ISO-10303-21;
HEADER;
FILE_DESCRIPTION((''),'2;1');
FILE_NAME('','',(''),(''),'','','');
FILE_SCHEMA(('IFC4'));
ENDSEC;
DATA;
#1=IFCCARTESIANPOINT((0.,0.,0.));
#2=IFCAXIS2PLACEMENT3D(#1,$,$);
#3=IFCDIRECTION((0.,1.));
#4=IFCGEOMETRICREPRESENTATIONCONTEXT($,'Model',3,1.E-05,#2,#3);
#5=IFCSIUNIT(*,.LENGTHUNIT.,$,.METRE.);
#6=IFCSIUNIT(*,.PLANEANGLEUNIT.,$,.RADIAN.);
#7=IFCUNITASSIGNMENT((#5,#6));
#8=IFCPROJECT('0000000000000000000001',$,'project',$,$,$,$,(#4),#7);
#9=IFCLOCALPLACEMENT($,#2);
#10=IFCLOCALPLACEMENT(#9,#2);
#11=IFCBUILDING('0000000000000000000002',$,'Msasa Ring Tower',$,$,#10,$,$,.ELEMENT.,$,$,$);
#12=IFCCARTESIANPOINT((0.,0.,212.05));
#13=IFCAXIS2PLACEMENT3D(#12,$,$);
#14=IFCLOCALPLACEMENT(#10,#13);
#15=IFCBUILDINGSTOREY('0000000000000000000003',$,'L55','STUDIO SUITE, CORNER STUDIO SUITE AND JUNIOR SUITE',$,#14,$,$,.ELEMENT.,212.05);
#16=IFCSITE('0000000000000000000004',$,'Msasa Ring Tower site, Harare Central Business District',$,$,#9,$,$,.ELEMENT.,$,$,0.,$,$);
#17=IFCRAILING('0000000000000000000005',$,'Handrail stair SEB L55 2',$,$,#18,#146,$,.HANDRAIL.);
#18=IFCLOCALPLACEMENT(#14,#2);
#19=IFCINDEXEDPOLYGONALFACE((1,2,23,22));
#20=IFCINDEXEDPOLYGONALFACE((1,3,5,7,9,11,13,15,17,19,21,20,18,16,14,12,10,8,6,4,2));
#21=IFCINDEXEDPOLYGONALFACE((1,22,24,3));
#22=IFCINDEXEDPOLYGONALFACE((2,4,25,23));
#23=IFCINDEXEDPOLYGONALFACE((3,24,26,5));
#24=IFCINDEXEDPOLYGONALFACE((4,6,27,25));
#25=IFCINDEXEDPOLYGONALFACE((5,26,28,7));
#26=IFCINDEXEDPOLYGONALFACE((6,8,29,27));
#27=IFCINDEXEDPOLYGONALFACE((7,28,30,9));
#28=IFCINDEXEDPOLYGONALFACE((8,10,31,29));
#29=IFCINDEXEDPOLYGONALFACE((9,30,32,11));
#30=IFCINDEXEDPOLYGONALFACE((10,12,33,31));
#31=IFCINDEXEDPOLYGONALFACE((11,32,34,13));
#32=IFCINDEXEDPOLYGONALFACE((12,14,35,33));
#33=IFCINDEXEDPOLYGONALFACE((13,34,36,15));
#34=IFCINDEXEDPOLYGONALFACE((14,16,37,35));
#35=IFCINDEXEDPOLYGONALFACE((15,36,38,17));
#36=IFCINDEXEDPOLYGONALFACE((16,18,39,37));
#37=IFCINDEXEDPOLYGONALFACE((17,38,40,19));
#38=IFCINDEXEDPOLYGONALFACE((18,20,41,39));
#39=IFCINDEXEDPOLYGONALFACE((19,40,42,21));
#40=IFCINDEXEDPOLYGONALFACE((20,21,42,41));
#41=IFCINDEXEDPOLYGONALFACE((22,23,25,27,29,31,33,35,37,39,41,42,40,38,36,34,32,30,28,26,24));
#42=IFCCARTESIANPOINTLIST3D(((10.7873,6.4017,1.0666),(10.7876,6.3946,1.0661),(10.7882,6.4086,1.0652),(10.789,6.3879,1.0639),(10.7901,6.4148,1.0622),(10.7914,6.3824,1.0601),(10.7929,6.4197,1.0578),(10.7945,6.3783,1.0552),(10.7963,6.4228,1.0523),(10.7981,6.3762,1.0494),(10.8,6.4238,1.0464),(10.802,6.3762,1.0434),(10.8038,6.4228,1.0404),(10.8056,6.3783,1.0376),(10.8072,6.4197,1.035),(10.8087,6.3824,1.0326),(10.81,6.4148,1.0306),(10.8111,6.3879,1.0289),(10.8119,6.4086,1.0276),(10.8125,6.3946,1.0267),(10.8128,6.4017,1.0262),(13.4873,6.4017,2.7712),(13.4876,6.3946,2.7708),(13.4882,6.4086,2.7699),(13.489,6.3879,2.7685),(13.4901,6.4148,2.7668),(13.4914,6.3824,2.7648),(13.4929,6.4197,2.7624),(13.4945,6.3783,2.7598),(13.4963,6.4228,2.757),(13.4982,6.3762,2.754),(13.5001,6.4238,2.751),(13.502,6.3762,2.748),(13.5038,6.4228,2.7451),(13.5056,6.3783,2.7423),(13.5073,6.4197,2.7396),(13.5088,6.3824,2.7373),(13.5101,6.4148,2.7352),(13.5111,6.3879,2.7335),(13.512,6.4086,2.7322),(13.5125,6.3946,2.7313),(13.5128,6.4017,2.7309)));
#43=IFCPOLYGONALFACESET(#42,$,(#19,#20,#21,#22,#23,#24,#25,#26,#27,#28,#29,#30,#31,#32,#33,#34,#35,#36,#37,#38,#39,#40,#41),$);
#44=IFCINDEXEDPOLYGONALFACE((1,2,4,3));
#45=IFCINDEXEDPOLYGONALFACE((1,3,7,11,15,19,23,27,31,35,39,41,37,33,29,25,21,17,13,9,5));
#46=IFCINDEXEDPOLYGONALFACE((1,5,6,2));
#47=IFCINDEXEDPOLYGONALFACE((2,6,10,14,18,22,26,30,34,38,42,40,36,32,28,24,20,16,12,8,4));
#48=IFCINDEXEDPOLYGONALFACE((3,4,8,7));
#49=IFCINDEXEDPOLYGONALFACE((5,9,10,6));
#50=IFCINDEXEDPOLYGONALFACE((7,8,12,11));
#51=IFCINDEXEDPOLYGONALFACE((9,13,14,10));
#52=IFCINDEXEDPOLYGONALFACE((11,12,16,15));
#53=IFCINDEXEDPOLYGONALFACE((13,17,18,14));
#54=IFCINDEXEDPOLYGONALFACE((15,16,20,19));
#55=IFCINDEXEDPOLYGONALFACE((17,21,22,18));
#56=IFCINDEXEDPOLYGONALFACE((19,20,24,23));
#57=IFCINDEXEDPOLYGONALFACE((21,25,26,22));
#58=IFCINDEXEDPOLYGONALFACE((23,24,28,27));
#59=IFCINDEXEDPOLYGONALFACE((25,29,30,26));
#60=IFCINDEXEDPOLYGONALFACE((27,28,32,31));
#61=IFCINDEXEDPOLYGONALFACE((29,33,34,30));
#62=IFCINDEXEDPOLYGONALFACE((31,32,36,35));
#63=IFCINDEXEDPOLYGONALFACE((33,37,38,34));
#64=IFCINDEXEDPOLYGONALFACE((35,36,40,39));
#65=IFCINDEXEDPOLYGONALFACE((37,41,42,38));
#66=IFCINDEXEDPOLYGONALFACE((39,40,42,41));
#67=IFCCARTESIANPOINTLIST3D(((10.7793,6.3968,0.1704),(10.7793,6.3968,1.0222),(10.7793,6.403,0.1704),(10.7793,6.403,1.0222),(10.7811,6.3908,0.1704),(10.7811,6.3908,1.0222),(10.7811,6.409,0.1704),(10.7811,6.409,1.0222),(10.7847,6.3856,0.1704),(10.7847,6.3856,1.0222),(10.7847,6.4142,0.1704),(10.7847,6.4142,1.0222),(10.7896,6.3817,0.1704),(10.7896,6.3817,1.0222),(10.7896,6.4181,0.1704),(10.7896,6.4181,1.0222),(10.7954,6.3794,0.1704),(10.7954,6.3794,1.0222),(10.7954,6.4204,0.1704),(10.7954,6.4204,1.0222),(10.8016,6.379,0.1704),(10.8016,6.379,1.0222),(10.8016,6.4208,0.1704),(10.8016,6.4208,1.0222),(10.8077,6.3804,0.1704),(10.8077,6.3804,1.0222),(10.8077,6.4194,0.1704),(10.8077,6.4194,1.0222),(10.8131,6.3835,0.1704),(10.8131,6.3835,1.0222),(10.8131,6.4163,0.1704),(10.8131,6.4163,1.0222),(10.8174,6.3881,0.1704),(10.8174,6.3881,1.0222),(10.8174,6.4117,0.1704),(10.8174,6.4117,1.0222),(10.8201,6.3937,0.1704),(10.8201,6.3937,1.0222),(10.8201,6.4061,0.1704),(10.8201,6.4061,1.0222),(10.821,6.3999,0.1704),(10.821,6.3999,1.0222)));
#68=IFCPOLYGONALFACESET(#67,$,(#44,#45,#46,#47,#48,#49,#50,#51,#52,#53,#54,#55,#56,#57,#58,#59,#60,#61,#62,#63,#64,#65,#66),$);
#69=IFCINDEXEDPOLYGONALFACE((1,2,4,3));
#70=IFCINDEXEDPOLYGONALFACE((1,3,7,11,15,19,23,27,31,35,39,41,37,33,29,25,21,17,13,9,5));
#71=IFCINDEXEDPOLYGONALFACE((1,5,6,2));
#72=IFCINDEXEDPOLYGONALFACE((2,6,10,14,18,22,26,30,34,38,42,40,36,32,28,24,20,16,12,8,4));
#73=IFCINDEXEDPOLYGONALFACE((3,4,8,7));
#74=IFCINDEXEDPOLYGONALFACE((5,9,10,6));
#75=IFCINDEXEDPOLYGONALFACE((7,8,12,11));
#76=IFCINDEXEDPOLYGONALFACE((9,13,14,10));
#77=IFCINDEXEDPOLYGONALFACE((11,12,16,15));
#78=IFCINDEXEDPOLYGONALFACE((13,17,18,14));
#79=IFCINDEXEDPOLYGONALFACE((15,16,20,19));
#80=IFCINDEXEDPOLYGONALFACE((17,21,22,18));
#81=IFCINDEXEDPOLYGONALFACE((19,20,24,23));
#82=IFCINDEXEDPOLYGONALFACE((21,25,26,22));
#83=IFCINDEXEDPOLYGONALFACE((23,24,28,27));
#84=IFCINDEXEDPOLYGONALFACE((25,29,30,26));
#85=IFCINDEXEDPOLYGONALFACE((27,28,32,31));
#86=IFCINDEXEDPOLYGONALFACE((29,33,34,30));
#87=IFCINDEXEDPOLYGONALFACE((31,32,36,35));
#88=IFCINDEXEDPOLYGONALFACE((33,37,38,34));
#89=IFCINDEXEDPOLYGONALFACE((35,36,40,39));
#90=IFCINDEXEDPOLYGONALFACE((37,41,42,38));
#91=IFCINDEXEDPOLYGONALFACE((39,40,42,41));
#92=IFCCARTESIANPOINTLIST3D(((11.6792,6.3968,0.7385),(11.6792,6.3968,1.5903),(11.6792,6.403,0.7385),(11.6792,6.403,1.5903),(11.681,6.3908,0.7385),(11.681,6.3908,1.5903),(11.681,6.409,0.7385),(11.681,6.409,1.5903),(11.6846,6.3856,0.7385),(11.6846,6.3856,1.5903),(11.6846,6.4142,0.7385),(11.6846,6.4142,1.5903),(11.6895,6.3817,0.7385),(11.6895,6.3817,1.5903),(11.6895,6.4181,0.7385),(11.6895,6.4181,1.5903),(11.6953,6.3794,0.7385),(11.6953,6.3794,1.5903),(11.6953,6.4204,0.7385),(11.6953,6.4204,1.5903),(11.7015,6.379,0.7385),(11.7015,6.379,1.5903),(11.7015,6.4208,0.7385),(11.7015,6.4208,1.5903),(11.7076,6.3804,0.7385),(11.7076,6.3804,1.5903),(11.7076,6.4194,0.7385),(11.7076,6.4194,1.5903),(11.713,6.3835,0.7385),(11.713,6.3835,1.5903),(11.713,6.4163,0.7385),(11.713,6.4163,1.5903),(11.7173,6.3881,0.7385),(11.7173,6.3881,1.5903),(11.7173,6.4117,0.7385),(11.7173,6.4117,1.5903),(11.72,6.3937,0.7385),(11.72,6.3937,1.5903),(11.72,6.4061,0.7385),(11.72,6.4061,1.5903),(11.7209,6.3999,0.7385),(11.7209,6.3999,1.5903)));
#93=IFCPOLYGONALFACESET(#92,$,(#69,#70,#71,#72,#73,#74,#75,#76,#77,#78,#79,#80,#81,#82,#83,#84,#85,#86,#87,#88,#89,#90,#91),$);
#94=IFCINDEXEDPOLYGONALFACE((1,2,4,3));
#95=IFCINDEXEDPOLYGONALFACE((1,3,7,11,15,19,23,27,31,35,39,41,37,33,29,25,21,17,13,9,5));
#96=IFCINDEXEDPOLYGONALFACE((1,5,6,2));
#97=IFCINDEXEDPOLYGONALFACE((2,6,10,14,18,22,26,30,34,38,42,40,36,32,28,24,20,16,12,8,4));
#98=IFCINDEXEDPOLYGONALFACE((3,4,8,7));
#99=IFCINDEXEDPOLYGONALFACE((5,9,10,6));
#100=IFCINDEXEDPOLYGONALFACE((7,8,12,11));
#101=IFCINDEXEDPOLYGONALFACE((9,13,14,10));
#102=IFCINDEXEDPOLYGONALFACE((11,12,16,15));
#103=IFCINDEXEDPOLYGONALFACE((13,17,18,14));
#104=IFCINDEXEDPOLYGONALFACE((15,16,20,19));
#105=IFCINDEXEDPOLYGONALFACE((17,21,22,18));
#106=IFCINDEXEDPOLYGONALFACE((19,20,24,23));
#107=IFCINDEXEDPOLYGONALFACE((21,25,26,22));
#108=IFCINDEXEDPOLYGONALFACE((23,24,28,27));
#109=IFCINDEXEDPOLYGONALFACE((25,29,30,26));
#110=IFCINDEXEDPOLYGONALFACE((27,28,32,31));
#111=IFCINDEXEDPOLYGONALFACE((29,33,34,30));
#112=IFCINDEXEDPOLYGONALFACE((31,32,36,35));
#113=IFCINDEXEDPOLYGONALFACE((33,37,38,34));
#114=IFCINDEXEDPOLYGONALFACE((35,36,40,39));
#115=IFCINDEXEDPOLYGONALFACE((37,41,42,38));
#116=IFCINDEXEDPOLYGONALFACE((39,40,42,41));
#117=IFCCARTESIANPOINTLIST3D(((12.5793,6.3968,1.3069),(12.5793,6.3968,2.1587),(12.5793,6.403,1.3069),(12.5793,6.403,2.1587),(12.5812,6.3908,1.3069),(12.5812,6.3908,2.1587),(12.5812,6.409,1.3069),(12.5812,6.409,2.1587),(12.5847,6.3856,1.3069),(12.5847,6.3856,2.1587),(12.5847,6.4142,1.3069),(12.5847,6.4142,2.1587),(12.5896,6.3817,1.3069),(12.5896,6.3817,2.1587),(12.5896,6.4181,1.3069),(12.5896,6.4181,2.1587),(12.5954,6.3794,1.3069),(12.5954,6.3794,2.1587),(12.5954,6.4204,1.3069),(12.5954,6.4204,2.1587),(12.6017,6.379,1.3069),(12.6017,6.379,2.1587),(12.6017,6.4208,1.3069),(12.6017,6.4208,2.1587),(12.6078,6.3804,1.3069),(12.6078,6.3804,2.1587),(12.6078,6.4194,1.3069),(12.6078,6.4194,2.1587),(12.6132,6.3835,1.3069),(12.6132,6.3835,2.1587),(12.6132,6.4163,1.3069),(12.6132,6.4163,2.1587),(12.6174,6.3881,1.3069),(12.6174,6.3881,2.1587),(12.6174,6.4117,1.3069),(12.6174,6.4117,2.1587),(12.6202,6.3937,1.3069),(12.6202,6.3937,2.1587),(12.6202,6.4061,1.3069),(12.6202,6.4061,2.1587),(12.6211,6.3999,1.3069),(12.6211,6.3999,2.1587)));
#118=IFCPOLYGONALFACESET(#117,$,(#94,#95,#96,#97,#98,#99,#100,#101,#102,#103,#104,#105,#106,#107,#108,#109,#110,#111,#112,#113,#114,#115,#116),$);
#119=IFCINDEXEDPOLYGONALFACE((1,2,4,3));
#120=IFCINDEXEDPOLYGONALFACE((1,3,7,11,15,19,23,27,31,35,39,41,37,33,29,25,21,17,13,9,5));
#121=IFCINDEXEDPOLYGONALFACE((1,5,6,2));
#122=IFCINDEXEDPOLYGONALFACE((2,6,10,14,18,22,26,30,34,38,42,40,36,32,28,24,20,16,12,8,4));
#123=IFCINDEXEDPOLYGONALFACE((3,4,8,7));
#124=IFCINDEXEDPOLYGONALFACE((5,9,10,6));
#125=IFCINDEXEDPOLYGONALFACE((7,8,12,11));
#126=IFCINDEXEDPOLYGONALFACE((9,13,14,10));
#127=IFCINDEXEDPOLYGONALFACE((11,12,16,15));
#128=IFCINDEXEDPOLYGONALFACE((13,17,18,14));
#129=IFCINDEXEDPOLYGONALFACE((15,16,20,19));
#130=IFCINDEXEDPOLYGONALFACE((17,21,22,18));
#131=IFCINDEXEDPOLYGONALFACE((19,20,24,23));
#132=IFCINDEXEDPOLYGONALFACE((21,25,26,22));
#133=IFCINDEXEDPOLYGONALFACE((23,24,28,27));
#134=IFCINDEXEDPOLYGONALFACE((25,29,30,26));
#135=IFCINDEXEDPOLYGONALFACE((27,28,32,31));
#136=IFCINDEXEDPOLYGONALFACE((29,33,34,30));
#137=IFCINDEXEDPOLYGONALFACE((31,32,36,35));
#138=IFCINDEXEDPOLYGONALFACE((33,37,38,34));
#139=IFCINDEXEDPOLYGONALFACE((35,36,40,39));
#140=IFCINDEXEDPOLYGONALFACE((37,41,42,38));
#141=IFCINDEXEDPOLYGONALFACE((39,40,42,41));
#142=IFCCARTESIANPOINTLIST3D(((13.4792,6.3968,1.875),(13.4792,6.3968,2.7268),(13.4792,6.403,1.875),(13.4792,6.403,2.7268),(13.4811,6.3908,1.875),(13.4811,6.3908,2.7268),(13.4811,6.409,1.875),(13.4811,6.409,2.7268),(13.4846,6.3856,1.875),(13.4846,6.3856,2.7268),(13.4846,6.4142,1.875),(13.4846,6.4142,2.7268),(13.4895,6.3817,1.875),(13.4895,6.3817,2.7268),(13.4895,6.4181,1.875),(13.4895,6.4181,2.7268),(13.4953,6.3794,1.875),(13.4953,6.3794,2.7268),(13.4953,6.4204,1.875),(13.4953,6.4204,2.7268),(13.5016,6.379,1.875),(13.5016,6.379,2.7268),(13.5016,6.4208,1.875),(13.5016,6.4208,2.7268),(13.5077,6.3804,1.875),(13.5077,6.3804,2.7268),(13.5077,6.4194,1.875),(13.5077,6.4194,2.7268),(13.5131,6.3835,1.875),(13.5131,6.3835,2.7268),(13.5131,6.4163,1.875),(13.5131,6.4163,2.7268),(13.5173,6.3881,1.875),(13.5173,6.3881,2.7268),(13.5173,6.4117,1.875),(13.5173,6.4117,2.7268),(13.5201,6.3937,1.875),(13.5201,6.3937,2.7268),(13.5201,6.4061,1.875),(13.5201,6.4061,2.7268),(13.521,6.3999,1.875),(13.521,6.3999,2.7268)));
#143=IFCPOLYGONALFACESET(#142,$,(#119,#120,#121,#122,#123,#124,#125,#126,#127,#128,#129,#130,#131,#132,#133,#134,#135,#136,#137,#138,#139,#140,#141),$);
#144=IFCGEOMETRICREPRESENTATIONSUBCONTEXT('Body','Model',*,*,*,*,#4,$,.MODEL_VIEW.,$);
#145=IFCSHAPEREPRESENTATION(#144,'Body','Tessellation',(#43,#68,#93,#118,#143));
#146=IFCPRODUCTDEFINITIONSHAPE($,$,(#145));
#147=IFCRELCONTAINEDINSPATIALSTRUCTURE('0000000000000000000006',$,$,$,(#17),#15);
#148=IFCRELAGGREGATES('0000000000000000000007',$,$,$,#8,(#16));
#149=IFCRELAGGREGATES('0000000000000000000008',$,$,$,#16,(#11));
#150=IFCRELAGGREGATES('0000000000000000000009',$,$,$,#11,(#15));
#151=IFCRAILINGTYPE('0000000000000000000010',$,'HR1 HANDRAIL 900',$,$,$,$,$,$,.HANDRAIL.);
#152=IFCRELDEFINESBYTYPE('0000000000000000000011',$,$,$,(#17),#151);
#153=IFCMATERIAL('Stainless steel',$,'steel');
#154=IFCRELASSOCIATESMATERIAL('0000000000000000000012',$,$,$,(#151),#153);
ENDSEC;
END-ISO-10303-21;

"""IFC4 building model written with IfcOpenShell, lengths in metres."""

from ifc_helpers import new_model, si_unit, direction, frame, origin, origin_2d, place, context, subcontext, project, spatial, circle, extrude, material, type_object, element, save


model = new_model("IFC4")

# Units and contexts
model_context = context("Model", 3, precision=1e-05, world=origin(), true_north=direction((0.0, 1.0)))
body_context = subcontext(model_context, "Body", "Model", "MODEL_VIEW")
ifc_project = project(units=[si_unit("LENGTHUNIT", "METRE"), si_unit("PLANEANGLEUNIT", "RADIAN")], contexts=[model_context])

# Site, building, storey
site_placement = place(None, origin())
site = spatial("IfcSite", under=ifc_project, at=site_placement, Name="Msasa Ring Tower site, Harare Central Business District", CompositionType="ELEMENT", RefElevation=0.0)
building_placement = place(site_placement, origin())
building = spatial("IfcBuilding", under=site, at=building_placement, Name="Msasa Ring Tower", CompositionType="ELEMENT")
storey_placement = place(building_placement, frame((0.0, 0.0, 212.05)))
storey = spatial("IfcBuildingStorey", under=building, at=storey_placement, Name="L55", Description="STUDIO SUITE, CORNER STUDIO SUITE AND JUNIOR SUITE", CompositionType="ELEMENT", Elevation=212.05)

# Railing
ifc_material_1 = material(Name="Stainless steel", Category="steel")
railing_type = type_object("IfcRailingType", Name="HR1 HANDRAIL 900", PredefinedType="HANDRAIL", material=ifc_material_1)
for number, where, name in (
    (1, (10.8, 6.3999, 0.1704), "Handrail stair SEB L55 2"),
):
    element("IfcRailing", number, at=place(storey_placement, frame(where)), inside=storey, type_object=railing_type, Name=name, PredefinedType="HANDRAIL", context=body_context, shape_type="SweptSolid", body=[
        extrude(circle(Radius=0.0239, at=origin_2d()), frame((0.0, 0.0, 0.876), z_axis=(0.84558, 0.0, 0.533849), x_axis=(0.0, 1.0, 0.0)), (0.0, 0.0, 1.0), 3.1931),
        extrude(circle(Radius=0.021, at=origin_2d()), origin(), (0.0, 0.0, 1.0), 0.8518),
        extrude(circle(Radius=0.021, at=origin_2d()), frame((0.8999, 0.0, 0.5681)), (0.0, 0.0, 1.0), 0.8518),
        extrude(circle(Radius=0.021, at=origin_2d()), frame((1.8, 0.0, 1.1365)), (0.0, 0.0, 1.0), 0.8518),
        extrude(circle(Radius=0.021, at=origin_2d()), frame((2.7, 0.0, 1.7046)), (0.0, 0.0, 1.0), 0.8518),
    ])

save(model, "model.ifc")
